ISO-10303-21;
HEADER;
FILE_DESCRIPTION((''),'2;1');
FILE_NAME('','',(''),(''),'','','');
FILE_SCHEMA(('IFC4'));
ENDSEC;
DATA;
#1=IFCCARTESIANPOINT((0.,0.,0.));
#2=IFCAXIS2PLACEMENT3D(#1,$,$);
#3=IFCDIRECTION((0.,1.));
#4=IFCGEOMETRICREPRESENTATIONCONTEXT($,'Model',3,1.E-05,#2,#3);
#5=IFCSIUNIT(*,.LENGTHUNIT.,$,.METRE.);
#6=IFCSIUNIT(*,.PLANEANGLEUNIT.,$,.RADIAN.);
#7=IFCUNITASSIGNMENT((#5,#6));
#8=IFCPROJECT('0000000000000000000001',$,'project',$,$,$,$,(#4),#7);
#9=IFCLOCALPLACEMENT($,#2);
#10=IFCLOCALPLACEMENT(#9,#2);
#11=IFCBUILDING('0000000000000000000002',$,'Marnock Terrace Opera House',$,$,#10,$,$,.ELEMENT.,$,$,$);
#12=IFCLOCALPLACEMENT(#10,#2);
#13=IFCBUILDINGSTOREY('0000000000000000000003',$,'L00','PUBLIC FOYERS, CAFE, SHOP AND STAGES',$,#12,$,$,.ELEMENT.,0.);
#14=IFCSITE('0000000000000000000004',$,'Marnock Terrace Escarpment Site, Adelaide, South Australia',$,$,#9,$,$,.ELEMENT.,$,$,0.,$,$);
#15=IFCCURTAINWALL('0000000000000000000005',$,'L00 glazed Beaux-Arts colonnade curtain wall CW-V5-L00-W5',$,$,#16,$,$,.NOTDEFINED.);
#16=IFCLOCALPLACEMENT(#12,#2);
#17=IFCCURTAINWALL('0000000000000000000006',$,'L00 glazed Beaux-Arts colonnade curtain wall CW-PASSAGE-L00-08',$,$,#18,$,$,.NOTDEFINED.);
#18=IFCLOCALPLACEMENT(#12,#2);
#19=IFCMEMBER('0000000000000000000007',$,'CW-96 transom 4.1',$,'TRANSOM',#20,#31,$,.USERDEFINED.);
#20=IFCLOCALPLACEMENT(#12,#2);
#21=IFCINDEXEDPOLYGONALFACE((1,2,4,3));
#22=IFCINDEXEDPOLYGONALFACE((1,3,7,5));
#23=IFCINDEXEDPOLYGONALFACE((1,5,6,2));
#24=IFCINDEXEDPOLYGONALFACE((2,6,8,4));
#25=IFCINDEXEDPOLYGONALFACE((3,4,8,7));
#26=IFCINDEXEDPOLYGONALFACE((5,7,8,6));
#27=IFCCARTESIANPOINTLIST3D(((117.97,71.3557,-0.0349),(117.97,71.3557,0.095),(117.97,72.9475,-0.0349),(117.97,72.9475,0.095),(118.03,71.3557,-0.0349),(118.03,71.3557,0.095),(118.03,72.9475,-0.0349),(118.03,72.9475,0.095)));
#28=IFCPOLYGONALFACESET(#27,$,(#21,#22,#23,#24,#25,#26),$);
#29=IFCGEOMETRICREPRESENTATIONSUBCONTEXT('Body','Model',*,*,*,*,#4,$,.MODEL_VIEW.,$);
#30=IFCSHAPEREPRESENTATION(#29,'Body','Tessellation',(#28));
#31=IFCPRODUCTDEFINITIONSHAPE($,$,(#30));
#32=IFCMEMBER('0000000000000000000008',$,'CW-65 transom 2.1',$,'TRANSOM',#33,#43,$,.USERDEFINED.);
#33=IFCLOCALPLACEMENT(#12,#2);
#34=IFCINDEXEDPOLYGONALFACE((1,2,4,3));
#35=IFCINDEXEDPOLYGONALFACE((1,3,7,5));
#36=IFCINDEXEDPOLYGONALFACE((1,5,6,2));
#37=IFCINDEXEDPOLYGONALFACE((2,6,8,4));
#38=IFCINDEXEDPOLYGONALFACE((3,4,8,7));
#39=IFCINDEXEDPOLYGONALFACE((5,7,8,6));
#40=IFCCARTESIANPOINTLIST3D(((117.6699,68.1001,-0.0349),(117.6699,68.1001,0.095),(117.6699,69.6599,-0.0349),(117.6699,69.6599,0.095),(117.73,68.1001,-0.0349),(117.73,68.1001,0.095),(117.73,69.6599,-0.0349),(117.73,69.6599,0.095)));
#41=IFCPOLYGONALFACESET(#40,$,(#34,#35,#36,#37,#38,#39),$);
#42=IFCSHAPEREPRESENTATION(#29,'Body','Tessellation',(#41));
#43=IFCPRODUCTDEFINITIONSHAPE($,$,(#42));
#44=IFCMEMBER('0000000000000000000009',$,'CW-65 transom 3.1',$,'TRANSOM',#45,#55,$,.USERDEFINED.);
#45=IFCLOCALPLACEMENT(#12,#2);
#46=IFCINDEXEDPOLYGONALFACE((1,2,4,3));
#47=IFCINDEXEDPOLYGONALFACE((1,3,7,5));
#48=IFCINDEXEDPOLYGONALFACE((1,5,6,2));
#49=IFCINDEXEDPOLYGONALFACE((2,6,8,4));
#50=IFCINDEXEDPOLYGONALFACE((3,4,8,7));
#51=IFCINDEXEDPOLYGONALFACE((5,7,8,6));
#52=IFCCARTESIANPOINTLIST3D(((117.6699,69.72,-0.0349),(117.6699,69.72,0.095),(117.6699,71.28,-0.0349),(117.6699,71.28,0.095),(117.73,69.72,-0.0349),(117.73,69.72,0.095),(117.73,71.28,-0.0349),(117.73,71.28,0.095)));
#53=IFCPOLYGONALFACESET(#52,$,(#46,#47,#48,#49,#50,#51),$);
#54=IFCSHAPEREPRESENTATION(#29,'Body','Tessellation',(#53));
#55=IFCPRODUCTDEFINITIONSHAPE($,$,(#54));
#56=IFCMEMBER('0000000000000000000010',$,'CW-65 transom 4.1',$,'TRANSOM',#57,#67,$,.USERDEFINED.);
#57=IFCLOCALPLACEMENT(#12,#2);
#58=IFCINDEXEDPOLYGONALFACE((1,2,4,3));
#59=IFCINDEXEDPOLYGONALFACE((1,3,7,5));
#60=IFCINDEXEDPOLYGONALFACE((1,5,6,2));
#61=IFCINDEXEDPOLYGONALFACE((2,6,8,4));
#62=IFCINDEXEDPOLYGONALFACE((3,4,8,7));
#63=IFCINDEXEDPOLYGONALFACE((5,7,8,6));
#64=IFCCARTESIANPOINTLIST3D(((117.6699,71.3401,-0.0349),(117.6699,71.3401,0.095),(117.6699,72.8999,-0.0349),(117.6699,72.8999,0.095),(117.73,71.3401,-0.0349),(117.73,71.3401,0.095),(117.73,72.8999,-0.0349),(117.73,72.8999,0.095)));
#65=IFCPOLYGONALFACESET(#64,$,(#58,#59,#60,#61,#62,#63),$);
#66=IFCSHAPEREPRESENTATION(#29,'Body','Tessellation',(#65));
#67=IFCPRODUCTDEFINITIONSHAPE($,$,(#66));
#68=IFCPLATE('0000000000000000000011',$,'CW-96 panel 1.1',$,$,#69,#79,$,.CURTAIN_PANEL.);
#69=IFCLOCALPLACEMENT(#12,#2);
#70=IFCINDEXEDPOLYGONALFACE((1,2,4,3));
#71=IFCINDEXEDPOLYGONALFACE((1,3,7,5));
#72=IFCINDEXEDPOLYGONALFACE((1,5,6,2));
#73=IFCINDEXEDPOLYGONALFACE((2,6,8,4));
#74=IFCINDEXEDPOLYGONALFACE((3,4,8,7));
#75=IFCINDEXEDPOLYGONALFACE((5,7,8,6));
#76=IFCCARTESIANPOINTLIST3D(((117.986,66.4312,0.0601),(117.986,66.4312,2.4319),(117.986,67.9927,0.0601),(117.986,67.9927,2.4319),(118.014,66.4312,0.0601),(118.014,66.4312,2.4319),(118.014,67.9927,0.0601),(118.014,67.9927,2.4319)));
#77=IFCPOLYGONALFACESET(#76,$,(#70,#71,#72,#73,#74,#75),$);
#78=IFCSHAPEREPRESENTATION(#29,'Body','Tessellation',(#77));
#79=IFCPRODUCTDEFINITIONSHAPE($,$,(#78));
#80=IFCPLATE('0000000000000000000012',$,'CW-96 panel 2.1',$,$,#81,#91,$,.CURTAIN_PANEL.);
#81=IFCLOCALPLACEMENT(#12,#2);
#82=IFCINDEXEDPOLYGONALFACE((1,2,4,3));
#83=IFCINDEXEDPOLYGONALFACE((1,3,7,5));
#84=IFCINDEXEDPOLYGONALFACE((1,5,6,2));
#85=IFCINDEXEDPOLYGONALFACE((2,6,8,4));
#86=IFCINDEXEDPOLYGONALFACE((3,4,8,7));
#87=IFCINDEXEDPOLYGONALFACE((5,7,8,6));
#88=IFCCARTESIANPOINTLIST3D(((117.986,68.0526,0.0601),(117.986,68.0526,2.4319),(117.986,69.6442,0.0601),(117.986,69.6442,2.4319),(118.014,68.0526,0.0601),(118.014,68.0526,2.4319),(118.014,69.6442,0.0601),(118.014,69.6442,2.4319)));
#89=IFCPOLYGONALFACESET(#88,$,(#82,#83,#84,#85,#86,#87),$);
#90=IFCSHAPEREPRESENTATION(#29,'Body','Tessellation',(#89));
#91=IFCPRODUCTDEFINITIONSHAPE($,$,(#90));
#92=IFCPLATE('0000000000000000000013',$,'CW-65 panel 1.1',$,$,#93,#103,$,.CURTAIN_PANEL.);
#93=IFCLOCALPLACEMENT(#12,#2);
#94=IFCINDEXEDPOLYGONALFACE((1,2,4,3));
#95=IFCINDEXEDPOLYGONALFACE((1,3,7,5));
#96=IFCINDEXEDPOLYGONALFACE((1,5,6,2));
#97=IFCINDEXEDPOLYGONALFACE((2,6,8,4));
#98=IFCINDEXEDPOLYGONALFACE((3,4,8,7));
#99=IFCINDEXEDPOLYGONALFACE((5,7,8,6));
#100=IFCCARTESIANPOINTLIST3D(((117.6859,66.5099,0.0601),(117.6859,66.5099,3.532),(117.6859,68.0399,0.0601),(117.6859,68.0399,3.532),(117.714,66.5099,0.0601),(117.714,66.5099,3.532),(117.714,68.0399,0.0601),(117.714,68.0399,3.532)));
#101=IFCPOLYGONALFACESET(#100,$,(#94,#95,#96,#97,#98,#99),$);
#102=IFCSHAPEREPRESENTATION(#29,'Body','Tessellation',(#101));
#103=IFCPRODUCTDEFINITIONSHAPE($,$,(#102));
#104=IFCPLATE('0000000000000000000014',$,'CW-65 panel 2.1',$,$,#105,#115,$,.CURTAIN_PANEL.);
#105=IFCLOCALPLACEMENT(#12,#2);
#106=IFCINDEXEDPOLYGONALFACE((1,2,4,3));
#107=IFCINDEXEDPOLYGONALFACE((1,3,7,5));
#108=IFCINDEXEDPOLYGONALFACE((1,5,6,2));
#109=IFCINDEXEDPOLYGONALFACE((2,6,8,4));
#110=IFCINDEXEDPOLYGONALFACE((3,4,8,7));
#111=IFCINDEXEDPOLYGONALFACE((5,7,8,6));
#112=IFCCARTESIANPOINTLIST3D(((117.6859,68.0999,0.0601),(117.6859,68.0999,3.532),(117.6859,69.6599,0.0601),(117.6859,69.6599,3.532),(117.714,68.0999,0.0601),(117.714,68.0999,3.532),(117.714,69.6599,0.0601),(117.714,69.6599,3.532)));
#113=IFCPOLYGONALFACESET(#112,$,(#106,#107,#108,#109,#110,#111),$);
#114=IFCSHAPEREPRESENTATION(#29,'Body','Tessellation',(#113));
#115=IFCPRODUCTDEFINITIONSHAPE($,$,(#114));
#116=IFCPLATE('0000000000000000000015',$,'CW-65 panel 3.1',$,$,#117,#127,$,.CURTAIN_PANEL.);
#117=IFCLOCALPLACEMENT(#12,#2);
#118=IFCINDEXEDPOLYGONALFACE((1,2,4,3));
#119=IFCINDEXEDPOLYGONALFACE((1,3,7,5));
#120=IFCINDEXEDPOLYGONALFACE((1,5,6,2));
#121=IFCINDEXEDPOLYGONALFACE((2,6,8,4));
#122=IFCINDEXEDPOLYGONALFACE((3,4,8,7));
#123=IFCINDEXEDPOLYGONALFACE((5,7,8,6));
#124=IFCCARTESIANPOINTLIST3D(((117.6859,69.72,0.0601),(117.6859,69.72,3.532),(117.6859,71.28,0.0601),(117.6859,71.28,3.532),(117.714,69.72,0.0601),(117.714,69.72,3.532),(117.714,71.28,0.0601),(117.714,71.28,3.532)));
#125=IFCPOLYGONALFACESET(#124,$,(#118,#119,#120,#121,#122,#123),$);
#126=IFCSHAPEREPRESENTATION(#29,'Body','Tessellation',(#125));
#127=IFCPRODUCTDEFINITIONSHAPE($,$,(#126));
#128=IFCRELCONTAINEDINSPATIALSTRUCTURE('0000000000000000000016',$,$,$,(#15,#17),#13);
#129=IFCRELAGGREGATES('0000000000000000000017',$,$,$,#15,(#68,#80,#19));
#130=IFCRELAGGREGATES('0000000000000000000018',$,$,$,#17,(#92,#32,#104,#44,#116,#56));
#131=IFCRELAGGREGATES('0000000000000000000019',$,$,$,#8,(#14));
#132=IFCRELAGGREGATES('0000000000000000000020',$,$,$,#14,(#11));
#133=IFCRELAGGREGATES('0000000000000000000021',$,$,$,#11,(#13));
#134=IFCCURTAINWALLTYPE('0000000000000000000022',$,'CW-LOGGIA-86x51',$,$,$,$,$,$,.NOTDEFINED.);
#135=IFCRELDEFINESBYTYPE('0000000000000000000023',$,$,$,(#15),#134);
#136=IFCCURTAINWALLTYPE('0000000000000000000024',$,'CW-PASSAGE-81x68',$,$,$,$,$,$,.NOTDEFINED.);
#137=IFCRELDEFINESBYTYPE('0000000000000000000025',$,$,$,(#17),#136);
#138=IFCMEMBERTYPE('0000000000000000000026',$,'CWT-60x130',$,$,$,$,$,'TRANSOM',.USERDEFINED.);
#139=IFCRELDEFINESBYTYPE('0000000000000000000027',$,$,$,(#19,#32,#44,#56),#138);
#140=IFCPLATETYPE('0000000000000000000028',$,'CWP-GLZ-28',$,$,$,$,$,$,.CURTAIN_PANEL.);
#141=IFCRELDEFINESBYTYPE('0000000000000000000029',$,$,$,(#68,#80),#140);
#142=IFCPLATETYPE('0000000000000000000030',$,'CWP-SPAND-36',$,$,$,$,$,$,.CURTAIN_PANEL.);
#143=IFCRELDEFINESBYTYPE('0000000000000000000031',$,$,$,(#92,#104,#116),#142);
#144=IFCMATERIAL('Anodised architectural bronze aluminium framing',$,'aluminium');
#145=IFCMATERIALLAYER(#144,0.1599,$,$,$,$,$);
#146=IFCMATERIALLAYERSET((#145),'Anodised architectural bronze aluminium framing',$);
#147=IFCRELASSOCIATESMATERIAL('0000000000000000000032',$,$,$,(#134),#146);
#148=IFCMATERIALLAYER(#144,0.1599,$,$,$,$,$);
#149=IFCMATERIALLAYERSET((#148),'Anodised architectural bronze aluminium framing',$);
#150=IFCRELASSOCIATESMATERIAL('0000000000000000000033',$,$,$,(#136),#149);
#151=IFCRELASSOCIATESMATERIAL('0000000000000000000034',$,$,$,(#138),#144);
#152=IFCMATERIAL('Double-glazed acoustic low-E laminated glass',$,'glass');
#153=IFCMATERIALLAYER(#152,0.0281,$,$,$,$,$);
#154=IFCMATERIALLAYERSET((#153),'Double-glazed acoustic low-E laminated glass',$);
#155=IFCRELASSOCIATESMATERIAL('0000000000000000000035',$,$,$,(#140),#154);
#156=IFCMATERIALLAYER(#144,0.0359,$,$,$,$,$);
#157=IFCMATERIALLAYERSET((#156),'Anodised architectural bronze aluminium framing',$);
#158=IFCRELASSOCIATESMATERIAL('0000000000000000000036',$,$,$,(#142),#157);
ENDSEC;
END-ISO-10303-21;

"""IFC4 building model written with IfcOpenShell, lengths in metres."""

from ifc_helpers import new_model, si_unit, direction, frame, origin, origin_2d, place, context, subcontext, project, spatial, rectangle, extrude, material, layer, layer_set, material_profile, profile_set, type_object, element, aggregate, save


model = new_model("IFC4")

# Units and contexts
model_context = context("Model", 3, precision=1e-05, world=origin(), true_north=direction((0.0, 1.0)))
body_context = subcontext(model_context, "Body", "Model", "MODEL_VIEW")
ifc_project = project(units=[si_unit("LENGTHUNIT", "METRE"), si_unit("PLANEANGLEUNIT", "RADIAN")], contexts=[model_context])

# Site, building, storey
site_placement = place(None, origin())
site = spatial("IfcSite", under=ifc_project, at=site_placement, Name="Marnock Terrace Escarpment Site, Adelaide, South Australia", CompositionType="ELEMENT", RefElevation=0.0)
building_placement = place(site_placement, origin())
building = spatial("IfcBuilding", under=site, at=building_placement, Name="Marnock Terrace Opera House", CompositionType="ELEMENT")
storey_placement = place(building_placement, origin())
storey = spatial("IfcBuildingStorey", under=building, at=storey_placement, Name="L00", Description="PUBLIC FOYERS, CAFE, SHOP AND STAGES", CompositionType="ELEMENT", Elevation=0.0)

# Curtain walls
ifc_material_1 = material(Name="Anodised architectural bronze aluminium framing", Category="aluminium")
ifc_layer_1 = layer(ifc_material_1, 0.1599)
ifc_layer_set_1 = layer_set([ifc_layer_1], Name="Anodised architectural bronze aluminium framing")
curtain_wall_type_1 = type_object("IfcCurtainWallType", Name="CW-LOGGIA-86x51", PredefinedType="NOTDEFINED", material=ifc_layer_set_1)
curtain_wall_1_placement = place(storey_placement, origin())
curtain_wall_1 = element("IfcCurtainWall", 1, at=curtain_wall_1_placement, inside=storey, type_object=curtain_wall_type_1, Name="L00 glazed Beaux-Arts colonnade curtain wall CW-V5-L00-W5", PredefinedType="NOTDEFINED")
ifc_layer_2 = layer(ifc_material_1, 0.1599)
ifc_layer_set_2 = layer_set([ifc_layer_2], Name="Anodised architectural bronze aluminium framing")
curtain_wall_type_2 = type_object("IfcCurtainWallType", Name="CW-PASSAGE-81x68", PredefinedType="NOTDEFINED", material=ifc_layer_set_2)
curtain_wall_2_placement = place(storey_placement, origin())
curtain_wall_2 = element("IfcCurtainWall", 2, at=curtain_wall_2_placement, inside=storey, type_object=curtain_wall_type_2, Name="L00 glazed Beaux-Arts colonnade curtain wall CW-PASSAGE-L00-08", PredefinedType="NOTDEFINED")

# Members
ifc_material_profile_1 = material_profile(ifc_material_1, rectangle(XDim=0.0601, YDim=0.1299, at=origin_2d()))
ifc_profile_set_1 = profile_set([ifc_material_profile_1], Name="Anodised architectural bronze aluminium framing")
member_type_1 = type_object("IfcMemberType", Name="CWT-60x130", ElementType="TRANSOM", PredefinedType="USERDEFINED", material=ifc_profile_set_1)
member_1_placement = place(storey_placement, frame((118.0, 71.3557, 0.03), z_axis=(0.0, 1.0, 0.0), x_axis=(-1.0, 0.0, 0.0)))
member_1 = element("IfcMember", 3, at=member_1_placement, type_object=member_type_1, Name="CW-96 transom 4.1", ObjectType="TRANSOM", PredefinedType="USERDEFINED", context=body_context, shape_type="SweptSolid", body=[
    extrude(rectangle(XDim=0.0601, YDim=0.1299, at=origin_2d()), origin(), (0.0, 0.0, 1.0), 1.5918),
])
member_2_placement = place(storey_placement, frame((117.7, 68.1001, 0.03), z_axis=(0.0, 1.0, 0.0), x_axis=(-1.0, 0.0, 0.0)))
member_2 = element("IfcMember", 4, at=member_2_placement, type_object=member_type_1, Name="CW-65 transom 2.1", ObjectType="TRANSOM", PredefinedType="USERDEFINED", context=body_context, shape_type="SweptSolid", body=[
    extrude(rectangle(XDim=0.0601, YDim=0.1299, at=origin_2d()), origin(), (0.0, 0.0, 1.0), 1.5598),
])
member_3_placement = place(storey_placement, frame((117.7, 69.72, 0.03), z_axis=(0.0, 1.0, 0.0), x_axis=(-1.0, 0.0, 0.0)))
member_3 = element("IfcMember", 5, at=member_3_placement, type_object=member_type_1, Name="CW-65 transom 3.1", ObjectType="TRANSOM", PredefinedType="USERDEFINED", context=body_context, shape_type="SweptSolid", body=[
    extrude(rectangle(XDim=0.0601, YDim=0.1299, at=origin_2d()), origin(), (0.0, 0.0, 1.0), 1.5601),
])
member_4_placement = place(storey_placement, frame((117.7, 71.3401, 0.03), z_axis=(0.0, 1.0, 0.0), x_axis=(-1.0, 0.0, 0.0)))
member_4 = element("IfcMember", 6, at=member_4_placement, type_object=member_type_1, Name="CW-65 transom 4.1", ObjectType="TRANSOM", PredefinedType="USERDEFINED", context=body_context, shape_type="SweptSolid", body=[
    extrude(rectangle(XDim=0.0601, YDim=0.1299, at=origin_2d()), origin(), (0.0, 0.0, 1.0), 1.5598),
])

# Plates
ifc_material_2 = material(Name="Double-glazed acoustic low-E laminated glass", Category="glass")
ifc_layer_3 = layer(ifc_material_2, 0.0281)
ifc_layer_set_3 = layer_set([ifc_layer_3], Name="Double-glazed acoustic low-E laminated glass")
plate_type_1 = type_object("IfcPlateType", Name="CWP-GLZ-28", PredefinedType="CURTAIN_PANEL", material=ifc_layer_set_3)
plate_1_placement = place(storey_placement, frame((118.0, 67.2119, 0.0601), z_axis=(0.0, 0.0, 1.0), x_axis=(0.0, 1.0, 0.0)))
plate_1 = element("IfcPlate", 7, at=plate_1_placement, type_object=plate_type_1, Name="CW-96 panel 1.1", PredefinedType="CURTAIN_PANEL", context=body_context, shape_type="SweptSolid", body=[
    extrude(rectangle(XDim=1.5615, YDim=0.0281, at=origin_2d()), origin(), (0.0, 0.0, 1.0), 2.3718),
])
plate_2_placement = place(storey_placement, frame((118.0, 68.8484, 0.0601), z_axis=(0.0, 0.0, 1.0), x_axis=(0.0, 1.0, 0.0)))
plate_2 = element("IfcPlate", 8, at=plate_2_placement, type_object=plate_type_1, Name="CW-96 panel 2.1", PredefinedType="CURTAIN_PANEL", context=body_context, shape_type="SweptSolid", body=[
    extrude(rectangle(XDim=1.5916, YDim=0.0281, at=origin_2d()), origin(), (0.0, 0.0, 1.0), 2.3718),
])
aggregate(curtain_wall_1, [plate_1, plate_2, member_1])
ifc_layer_4 = layer(ifc_material_1, 0.0359)
ifc_layer_set_4 = layer_set([ifc_layer_4], Name="Anodised architectural bronze aluminium framing")
plate_type_2 = type_object("IfcPlateType", Name="CWP-SPAND-36", PredefinedType="CURTAIN_PANEL", material=ifc_layer_set_4)
plate_3_placement = place(storey_placement, frame((117.7, 67.2749, 0.0601), z_axis=(0.0, 0.0, 1.0), x_axis=(0.0, 1.0, 0.0)))
plate_3 = element("IfcPlate", 9, at=plate_3_placement, type_object=plate_type_2, Name="CW-65 panel 1.1", PredefinedType="CURTAIN_PANEL", context=body_context, shape_type="SweptSolid", body=[
    extrude(rectangle(XDim=1.53, YDim=0.0281, at=origin_2d()), origin(), (0.0, 0.0, 1.0), 3.4719),
])
plate_4_placement = place(storey_placement, frame((117.7, 68.8799, 0.0601), z_axis=(0.0, 0.0, 1.0), x_axis=(0.0, 1.0, 0.0)))
plate_4 = element("IfcPlate", 10, at=plate_4_placement, type_object=plate_type_2, Name="CW-65 panel 2.1", PredefinedType="CURTAIN_PANEL", context=body_context, shape_type="SweptSolid", body=[
    extrude(rectangle(XDim=1.5601, YDim=0.0281, at=origin_2d()), origin(), (0.0, 0.0, 1.0), 3.4719),
])
plate_5_placement = place(storey_placement, frame((117.7, 70.5, 0.0601), z_axis=(0.0, 0.0, 1.0), x_axis=(0.0, 1.0, 0.0)))
plate_5 = element("IfcPlate", 11, at=plate_5_placement, type_object=plate_type_2, Name="CW-65 panel 3.1", PredefinedType="CURTAIN_PANEL", context=body_context, shape_type="SweptSolid", body=[
    extrude(rectangle(XDim=1.5601, YDim=0.0281, at=origin_2d()), origin(), (0.0, 0.0, 1.0), 3.4719),
])
aggregate(curtain_wall_2, [plate_3, member_2, plate_4, member_3, plate_5, member_4])

save(model, "model.ifc")
